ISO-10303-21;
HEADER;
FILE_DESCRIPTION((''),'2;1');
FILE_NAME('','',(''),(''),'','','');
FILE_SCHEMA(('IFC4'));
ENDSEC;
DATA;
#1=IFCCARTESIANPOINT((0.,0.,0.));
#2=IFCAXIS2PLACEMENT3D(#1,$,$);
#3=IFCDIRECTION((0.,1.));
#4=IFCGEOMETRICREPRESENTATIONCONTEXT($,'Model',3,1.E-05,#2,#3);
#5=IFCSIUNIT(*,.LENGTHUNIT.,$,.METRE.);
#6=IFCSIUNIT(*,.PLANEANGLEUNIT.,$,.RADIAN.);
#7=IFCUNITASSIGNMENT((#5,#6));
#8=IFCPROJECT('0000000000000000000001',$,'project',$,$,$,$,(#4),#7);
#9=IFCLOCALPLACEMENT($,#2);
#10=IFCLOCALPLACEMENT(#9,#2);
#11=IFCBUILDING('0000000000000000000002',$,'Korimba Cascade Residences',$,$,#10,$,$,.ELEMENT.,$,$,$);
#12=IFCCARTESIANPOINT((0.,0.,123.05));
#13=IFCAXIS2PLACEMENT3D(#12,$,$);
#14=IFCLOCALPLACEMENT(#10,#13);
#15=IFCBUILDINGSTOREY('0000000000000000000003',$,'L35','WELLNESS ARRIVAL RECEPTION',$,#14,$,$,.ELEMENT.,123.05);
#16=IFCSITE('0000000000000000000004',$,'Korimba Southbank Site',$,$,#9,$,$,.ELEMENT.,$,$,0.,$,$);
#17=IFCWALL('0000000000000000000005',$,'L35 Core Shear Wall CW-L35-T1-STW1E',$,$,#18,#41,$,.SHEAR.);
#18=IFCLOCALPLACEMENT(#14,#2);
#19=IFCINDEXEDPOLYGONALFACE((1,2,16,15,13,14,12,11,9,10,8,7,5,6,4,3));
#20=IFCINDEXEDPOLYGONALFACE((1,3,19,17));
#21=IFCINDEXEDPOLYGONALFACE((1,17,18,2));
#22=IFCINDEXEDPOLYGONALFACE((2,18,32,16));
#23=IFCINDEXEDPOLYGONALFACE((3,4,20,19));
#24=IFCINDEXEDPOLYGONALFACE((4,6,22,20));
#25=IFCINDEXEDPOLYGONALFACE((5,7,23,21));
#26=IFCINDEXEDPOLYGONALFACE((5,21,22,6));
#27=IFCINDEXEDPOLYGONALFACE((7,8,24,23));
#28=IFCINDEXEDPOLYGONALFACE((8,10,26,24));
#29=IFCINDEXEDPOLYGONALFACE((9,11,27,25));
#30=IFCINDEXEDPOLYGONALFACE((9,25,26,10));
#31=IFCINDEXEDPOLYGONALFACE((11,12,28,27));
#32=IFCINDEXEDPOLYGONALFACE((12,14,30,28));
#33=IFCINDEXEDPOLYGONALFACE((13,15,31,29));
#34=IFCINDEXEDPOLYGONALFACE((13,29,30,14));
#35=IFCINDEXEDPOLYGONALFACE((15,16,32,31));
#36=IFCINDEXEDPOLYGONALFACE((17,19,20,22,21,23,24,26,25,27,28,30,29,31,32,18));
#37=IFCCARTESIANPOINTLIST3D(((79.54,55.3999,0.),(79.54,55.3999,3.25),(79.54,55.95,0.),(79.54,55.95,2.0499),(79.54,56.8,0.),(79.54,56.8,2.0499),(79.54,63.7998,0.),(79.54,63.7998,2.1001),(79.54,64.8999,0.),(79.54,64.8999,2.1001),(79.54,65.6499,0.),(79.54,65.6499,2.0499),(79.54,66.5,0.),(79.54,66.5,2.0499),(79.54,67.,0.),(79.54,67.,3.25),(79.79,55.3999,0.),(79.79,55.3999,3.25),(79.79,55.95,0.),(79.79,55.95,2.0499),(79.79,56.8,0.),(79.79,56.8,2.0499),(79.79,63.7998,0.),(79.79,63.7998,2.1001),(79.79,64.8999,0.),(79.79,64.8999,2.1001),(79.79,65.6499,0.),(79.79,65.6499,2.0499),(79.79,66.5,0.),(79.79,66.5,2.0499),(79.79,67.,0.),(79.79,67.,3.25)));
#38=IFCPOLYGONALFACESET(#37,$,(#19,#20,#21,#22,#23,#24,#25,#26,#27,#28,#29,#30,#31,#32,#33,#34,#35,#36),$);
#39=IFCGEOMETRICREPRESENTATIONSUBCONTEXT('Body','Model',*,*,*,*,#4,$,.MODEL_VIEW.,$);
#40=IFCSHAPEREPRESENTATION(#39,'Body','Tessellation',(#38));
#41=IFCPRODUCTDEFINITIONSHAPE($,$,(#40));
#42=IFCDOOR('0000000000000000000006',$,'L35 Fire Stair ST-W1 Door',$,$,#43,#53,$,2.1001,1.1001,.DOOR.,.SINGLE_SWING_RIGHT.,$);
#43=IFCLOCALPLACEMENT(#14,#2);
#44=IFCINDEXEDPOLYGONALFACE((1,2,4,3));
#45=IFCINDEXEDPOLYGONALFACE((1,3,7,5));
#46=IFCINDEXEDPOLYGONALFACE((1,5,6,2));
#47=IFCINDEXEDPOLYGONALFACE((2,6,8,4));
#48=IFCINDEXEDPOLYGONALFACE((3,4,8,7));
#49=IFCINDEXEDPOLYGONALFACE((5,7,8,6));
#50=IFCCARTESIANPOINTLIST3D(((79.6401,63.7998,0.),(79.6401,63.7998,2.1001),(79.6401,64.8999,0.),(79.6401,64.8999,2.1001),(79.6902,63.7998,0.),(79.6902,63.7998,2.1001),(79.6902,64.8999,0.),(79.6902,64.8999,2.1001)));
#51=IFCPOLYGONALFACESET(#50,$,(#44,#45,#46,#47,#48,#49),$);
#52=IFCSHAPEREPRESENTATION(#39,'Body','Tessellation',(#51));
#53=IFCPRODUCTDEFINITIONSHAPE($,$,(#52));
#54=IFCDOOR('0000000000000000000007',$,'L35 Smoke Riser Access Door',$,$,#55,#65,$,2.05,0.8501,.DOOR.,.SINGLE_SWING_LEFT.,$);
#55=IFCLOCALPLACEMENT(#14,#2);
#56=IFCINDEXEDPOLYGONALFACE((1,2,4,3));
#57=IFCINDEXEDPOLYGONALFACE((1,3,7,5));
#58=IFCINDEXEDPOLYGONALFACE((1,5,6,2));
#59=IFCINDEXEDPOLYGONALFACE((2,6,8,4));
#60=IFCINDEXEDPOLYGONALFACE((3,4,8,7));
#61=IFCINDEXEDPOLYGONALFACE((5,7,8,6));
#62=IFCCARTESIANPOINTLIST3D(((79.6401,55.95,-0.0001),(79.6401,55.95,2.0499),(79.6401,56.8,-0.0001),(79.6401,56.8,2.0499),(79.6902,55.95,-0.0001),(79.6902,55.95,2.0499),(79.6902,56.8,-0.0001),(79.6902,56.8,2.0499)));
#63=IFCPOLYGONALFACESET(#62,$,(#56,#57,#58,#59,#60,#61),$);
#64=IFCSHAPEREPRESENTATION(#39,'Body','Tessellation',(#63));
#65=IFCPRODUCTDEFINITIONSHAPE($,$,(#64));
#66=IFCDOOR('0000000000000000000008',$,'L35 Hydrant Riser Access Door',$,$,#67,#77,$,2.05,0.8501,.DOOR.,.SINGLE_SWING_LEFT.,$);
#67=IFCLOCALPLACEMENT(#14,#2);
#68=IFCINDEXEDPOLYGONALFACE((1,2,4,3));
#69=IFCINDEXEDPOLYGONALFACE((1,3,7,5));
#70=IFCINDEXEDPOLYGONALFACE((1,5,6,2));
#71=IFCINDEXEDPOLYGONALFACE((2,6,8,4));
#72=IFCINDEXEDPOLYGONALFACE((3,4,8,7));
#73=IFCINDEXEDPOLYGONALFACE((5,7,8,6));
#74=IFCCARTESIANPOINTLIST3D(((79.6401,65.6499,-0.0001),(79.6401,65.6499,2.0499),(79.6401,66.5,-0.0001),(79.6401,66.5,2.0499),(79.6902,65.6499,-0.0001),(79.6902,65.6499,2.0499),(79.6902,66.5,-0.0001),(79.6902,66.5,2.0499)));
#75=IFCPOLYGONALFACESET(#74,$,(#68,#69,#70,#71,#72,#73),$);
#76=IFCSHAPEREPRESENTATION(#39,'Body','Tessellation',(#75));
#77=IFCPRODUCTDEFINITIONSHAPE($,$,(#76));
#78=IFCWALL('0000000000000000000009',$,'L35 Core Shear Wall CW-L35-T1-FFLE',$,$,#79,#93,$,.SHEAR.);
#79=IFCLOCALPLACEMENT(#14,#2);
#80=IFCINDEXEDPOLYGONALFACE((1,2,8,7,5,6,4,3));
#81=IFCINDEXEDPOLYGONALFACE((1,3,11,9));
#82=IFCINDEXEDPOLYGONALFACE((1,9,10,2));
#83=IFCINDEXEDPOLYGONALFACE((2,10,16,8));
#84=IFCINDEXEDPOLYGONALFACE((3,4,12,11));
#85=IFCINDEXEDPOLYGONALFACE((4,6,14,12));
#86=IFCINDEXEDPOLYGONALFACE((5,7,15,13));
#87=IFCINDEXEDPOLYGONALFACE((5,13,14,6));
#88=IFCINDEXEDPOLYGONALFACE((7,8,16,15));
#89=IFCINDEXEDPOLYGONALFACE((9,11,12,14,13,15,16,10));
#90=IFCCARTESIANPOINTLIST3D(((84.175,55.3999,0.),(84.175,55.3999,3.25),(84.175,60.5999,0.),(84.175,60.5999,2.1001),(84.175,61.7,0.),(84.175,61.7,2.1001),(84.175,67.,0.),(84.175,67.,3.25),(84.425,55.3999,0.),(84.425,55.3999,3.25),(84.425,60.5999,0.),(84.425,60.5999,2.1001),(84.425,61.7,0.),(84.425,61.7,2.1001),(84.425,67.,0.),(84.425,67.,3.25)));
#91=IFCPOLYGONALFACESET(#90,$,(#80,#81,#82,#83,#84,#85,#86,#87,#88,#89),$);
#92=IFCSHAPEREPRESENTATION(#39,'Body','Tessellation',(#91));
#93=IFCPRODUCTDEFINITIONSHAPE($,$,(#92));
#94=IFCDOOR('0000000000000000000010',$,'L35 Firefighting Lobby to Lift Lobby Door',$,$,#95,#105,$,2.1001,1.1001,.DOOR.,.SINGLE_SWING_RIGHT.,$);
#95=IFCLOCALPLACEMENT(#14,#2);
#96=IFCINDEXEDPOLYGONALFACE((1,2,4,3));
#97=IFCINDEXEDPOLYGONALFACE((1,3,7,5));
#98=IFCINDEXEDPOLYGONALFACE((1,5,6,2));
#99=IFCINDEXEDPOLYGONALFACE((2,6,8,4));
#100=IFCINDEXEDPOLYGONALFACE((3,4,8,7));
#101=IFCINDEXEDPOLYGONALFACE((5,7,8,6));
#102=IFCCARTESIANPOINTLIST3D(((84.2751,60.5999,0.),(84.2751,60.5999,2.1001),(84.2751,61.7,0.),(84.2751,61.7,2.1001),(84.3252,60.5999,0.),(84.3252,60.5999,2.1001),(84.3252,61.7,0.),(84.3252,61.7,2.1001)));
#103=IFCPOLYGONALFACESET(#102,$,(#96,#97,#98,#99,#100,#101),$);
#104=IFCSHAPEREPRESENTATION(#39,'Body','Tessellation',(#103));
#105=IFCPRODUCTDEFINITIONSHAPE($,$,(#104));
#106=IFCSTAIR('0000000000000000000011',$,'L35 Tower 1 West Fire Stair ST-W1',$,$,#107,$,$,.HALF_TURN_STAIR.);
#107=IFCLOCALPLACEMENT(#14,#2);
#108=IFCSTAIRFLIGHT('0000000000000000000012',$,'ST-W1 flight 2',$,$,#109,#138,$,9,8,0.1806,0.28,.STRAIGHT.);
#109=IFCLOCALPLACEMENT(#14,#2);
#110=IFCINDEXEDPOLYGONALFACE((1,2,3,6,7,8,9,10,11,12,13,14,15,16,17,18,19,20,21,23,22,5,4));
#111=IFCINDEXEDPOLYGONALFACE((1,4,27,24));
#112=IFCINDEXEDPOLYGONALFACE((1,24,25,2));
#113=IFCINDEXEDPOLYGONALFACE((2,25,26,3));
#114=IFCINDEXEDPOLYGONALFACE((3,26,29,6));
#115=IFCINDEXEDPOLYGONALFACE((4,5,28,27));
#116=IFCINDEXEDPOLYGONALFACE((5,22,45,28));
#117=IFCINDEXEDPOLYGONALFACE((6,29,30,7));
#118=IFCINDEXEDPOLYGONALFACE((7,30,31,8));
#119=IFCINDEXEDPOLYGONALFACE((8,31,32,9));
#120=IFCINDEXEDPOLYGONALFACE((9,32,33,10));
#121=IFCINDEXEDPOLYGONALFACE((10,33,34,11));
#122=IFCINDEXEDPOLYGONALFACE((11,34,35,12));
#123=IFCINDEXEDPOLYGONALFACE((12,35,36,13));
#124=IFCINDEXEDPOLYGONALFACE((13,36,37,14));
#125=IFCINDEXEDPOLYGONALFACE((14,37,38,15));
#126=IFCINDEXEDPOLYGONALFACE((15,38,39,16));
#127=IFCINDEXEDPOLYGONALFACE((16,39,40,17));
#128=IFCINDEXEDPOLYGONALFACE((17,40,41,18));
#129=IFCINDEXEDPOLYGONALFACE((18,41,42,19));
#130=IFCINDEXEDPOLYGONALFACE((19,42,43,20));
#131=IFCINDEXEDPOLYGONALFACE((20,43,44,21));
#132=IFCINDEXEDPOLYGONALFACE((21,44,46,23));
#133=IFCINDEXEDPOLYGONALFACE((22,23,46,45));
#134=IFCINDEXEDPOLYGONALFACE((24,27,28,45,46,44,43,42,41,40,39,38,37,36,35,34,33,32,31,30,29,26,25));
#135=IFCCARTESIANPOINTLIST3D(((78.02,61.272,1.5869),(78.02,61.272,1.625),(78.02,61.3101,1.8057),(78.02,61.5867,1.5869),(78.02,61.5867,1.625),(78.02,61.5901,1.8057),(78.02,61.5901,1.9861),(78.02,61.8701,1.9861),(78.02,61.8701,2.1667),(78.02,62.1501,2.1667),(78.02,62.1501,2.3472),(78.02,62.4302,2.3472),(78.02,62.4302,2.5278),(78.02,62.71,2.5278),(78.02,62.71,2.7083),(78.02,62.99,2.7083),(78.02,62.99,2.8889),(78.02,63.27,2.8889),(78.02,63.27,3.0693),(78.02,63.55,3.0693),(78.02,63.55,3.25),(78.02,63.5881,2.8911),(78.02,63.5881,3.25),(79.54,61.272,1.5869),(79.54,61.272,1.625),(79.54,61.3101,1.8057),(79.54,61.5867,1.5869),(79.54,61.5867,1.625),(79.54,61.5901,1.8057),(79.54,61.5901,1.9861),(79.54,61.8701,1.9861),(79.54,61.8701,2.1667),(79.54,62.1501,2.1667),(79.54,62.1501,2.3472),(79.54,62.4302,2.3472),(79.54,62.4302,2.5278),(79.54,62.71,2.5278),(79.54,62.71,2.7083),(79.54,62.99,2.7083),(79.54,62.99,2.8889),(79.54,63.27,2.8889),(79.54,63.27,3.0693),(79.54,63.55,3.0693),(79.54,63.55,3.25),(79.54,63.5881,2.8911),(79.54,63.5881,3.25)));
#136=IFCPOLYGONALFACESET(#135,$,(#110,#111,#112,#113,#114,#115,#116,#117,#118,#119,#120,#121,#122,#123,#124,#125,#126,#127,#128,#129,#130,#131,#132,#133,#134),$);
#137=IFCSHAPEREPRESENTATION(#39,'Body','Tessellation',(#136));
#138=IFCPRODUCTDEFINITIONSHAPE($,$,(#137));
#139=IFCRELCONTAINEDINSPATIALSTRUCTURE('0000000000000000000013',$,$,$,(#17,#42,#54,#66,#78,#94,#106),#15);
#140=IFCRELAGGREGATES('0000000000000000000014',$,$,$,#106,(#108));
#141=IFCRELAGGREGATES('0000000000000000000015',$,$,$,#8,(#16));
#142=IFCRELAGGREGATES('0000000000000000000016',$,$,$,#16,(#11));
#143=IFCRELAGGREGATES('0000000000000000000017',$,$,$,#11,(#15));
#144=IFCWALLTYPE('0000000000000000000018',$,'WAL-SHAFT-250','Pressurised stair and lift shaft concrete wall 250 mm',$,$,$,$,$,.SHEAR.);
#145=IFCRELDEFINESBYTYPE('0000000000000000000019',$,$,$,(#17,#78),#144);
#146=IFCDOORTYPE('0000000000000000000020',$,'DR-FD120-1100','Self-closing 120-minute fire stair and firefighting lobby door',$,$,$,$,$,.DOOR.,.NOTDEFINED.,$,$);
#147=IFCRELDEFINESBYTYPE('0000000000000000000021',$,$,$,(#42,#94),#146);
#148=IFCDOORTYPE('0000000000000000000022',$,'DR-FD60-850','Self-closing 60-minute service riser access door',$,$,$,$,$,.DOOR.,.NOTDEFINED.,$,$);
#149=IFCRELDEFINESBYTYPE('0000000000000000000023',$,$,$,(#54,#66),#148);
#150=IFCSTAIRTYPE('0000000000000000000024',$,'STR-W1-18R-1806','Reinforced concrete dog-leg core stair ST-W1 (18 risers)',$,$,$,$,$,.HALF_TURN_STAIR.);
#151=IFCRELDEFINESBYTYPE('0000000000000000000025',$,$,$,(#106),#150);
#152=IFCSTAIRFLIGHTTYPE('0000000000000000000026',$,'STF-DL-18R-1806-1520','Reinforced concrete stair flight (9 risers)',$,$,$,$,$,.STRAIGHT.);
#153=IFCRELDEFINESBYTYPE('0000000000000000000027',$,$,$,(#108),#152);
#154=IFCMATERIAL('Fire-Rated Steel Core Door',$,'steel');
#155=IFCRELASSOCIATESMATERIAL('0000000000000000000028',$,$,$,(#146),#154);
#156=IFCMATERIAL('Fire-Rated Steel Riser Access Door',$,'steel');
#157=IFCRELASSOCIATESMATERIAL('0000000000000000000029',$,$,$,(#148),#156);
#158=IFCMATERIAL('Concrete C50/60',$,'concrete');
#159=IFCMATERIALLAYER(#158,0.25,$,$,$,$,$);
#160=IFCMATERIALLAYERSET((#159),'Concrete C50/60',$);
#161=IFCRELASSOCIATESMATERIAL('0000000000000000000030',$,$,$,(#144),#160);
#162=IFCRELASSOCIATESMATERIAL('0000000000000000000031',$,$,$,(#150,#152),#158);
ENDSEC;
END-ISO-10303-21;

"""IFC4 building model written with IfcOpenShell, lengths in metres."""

from ifc_helpers import new_model, si_unit, direction, frame, frame_2d, origin, place, context, subcontext, project, spatial, polyline, rectangle, outline, extrude, material, layer, layer_set, type_object, element, fill, aggregate, save


model = new_model("IFC4")

# Units and contexts
model_context = context("Model", 3, precision=1e-05, world=origin(), true_north=direction((0.0, 1.0)))
body_context = subcontext(model_context, "Body", "Model", "MODEL_VIEW")
ifc_project = project(units=[si_unit("LENGTHUNIT", "METRE"), si_unit("PLANEANGLEUNIT", "RADIAN")], contexts=[model_context])

# Site, building, storey
site_placement = place(None, origin())
site = spatial("IfcSite", under=ifc_project, at=site_placement, Name="Korimba Southbank Site", CompositionType="ELEMENT", RefElevation=0.0)
building_placement = place(site_placement, origin())
building = spatial("IfcBuilding", under=site, at=building_placement, Name="Korimba Cascade Residences", CompositionType="ELEMENT")
storey_placement = place(building_placement, frame((0.0, 0.0, 123.05)))
storey = spatial("IfcBuildingStorey", under=building, at=storey_placement, Name="L35", Description="WELLNESS ARRIVAL RECEPTION", CompositionType="ELEMENT", Elevation=123.05)

# Shared definitions
ifc_material_1 = material(Name="Fire-Rated Steel Core Door", Category="steel")
door_type_1 = type_object("IfcDoorType", Name="DR-FD120-1100", Description="Self-closing 120-minute fire stair and firefighting lobby door", OperationType="NOTDEFINED", PredefinedType="DOOR", material=ifc_material_1)

# Wall, openings, doors
ifc_material_2 = material(Name="Fire-Rated Steel Riser Access Door", Category="steel")
door_type_2 = type_object("IfcDoorType", Name="DR-FD60-850", Description="Self-closing 60-minute service riser access door", OperationType="NOTDEFINED", PredefinedType="DOOR", material=ifc_material_2)
ifc_material_3 = material(Name="Concrete C50/60", Category="concrete")
ifc_layer_1 = layer(ifc_material_3, 0.25)
ifc_layer_set_1 = layer_set([ifc_layer_1], Name="Concrete C50/60")
wall_type_1 = type_object("IfcWallType", Name="WAL-SHAFT-250", Description="Pressurised stair and lift shaft concrete wall 250 mm", PredefinedType="SHEAR", material=ifc_layer_set_1)
wall_1_placement = place(storey_placement, frame((79.665, 55.3999, 0.0), z_axis=(0.0, 0.0, 1.0), x_axis=(0.0, 1.0, 0.0)))
wall_1 = element("IfcWall", 1, at=wall_1_placement, inside=storey, type_object=wall_type_1, Name="L35 Core Shear Wall CW-L35-T1-STW1E", PredefinedType="SHEAR", context=body_context, shape_type="SweptSolid", body=[
    extrude(rectangle(XDim=11.6001, YDim=0.25, at=frame_2d((5.8, 0.0))), origin(), (0.0, 0.0, 1.0), 3.25),
])
opening_1_placement = place(wall_1_placement, frame((0.55, 0.0, 0.0)))
opening_1 = element("IfcOpeningElement", 2, at=opening_1_placement, cuts=wall_1, PredefinedType="OPENING", context=body_context, shape_type="SweptSolid", body=[
    extrude(rectangle(XDim=0.8501, YDim=2.05, at=frame_2d((0.425, 1.0249))), frame((0.0, 0.135, 0.0), z_axis=(0.0, -1.0, 0.0), x_axis=(1.0, 0.0, 0.0)), (0.0, 0.0, 1.0), 0.27),
])
opening_2_placement = place(wall_1_placement, frame((8.3999, 0.0, 0.0)))
opening_2 = element("IfcOpeningElement", 3, at=opening_2_placement, cuts=wall_1, PredefinedType="OPENING", context=body_context, shape_type="SweptSolid", body=[
    extrude(rectangle(XDim=1.1001, YDim=2.1001, at=frame_2d((0.55, 1.05))), frame((0.0, 0.135, 0.0), z_axis=(0.0, -1.0, 0.0), x_axis=(1.0, 0.0, 0.0)), (0.0, 0.0, 1.0), 0.27),
])
opening_3_placement = place(wall_1_placement, frame((10.25, 0.0, 0.0)))
opening_3 = element("IfcOpeningElement", 4, at=opening_3_placement, cuts=wall_1, PredefinedType="OPENING", context=body_context, shape_type="SweptSolid", body=[
    extrude(rectangle(XDim=0.8501, YDim=2.05, at=frame_2d((0.425, 1.0249))), frame((0.0, 0.135, 0.0), z_axis=(0.0, -1.0, 0.0), x_axis=(1.0, 0.0, 0.0)), (0.0, 0.0, 1.0), 0.27),
])
door_1_placement = place(opening_2_placement, origin())
door_1 = element("IfcDoor", 5, at=door_1_placement, inside=storey, type_object=door_type_1, Name="L35 Fire Stair ST-W1 Door", OperationType="SINGLE_SWING_RIGHT", OverallHeight=2.1001, OverallWidth=1.1001, PredefinedType="DOOR", context=body_context, shape_type="SweptSolid", body=[
    extrude(rectangle(XDim=1.1001, YDim=2.1001, at=frame_2d((0.55, 1.05))), frame((0.0, 0.0249, 0.0), z_axis=(0.0, -1.0, 0.0), x_axis=(1.0, 0.0, 0.0)), (0.0, 0.0, 1.0), 0.05),
])
fill(opening_2, door_1)
door_2_placement = place(opening_1_placement, origin())
door_2 = element("IfcDoor", 6, at=door_2_placement, inside=storey, type_object=door_type_2, Name="L35 Smoke Riser Access Door", OperationType="SINGLE_SWING_LEFT", OverallHeight=2.05, OverallWidth=0.8501, PredefinedType="DOOR", context=body_context, shape_type="SweptSolid", body=[
    extrude(rectangle(XDim=0.8501, YDim=2.05, at=frame_2d((0.425, 1.0249))), frame((0.0, 0.0249, 0.0), z_axis=(0.0, -1.0, 0.0), x_axis=(1.0, 0.0, 0.0)), (0.0, 0.0, 1.0), 0.05),
])
fill(opening_1, door_2)
door_3_placement = place(opening_3_placement, origin())
door_3 = element("IfcDoor", 7, at=door_3_placement, inside=storey, type_object=door_type_2, Name="L35 Hydrant Riser Access Door", OperationType="SINGLE_SWING_LEFT", OverallHeight=2.05, OverallWidth=0.8501, PredefinedType="DOOR", context=body_context, shape_type="SweptSolid", body=[
    extrude(rectangle(XDim=0.8501, YDim=2.05, at=frame_2d((0.425, 1.0249))), frame((0.0, 0.0249, 0.0), z_axis=(0.0, -1.0, 0.0), x_axis=(1.0, 0.0, 0.0)), (0.0, 0.0, 1.0), 0.05),
])
fill(opening_3, door_3)

# Wall, opening, door
wall_2_placement = place(storey_placement, frame((84.3, 55.3999, 0.0), z_axis=(0.0, 0.0, 1.0), x_axis=(0.0, 1.0, 0.0)))
wall_2 = element("IfcWall", 8, at=wall_2_placement, inside=storey, type_object=wall_type_1, Name="L35 Core Shear Wall CW-L35-T1-FFLE", PredefinedType="SHEAR", context=body_context, shape_type="SweptSolid", body=[
    extrude(rectangle(XDim=11.6001, YDim=0.25, at=frame_2d((5.8, 0.0))), origin(), (0.0, 0.0, 1.0), 3.25),
])
opening_4_placement = place(wall_2_placement, frame((5.2, 0.0, 0.0)))
opening_4 = element("IfcOpeningElement", 9, at=opening_4_placement, cuts=wall_2, PredefinedType="OPENING", context=body_context, shape_type="SweptSolid", body=[
    extrude(rectangle(XDim=1.1001, YDim=2.1001, at=frame_2d((0.55, 1.05))), frame((0.0, 0.135, 0.0), z_axis=(0.0, -1.0, 0.0), x_axis=(1.0, 0.0, 0.0)), (0.0, 0.0, 1.0), 0.27),
])
door_4_placement = place(opening_4_placement, origin())
door_4 = element("IfcDoor", 10, at=door_4_placement, inside=storey, type_object=door_type_1, Name="L35 Firefighting Lobby to Lift Lobby Door", OperationType="SINGLE_SWING_RIGHT", OverallHeight=2.1001, OverallWidth=1.1001, PredefinedType="DOOR", context=body_context, shape_type="SweptSolid", body=[
    extrude(rectangle(XDim=1.1001, YDim=2.1001, at=frame_2d((0.55, 1.05))), frame((0.0, 0.0249, 0.0), z_axis=(0.0, -1.0, 0.0), x_axis=(1.0, 0.0, 0.0)), (0.0, 0.0, 1.0), 0.05),
])
fill(opening_4, door_4)

# Stair, stair flight
stair_type = type_object("IfcStairType", Name="STR-W1-18R-1806", Description="Reinforced concrete dog-leg core stair ST-W1 (18 risers)", PredefinedType="HALF_TURN_STAIR", material=ifc_material_3)
stair_placement = place(storey_placement, origin())
stair = element("IfcStair", 11, at=stair_placement, inside=storey, type_object=stair_type, Name="L35 Tower 1 West Fire Stair ST-W1", PredefinedType="HALF_TURN_STAIR")
stair_flight_type = type_object("IfcStairFlightType", Name="STF-DL-18R-1806-1520", Description="Reinforced concrete stair flight (9 risers)", PredefinedType="STRAIGHT", material=ifc_material_3)
stair_flight_placement = place(storey_placement, frame((78.78, 61.3101, 1.625), z_axis=(0.0, 0.0, 1.0), x_axis=(0.0, 1.0, 0.0)))
stair_flight = element("IfcStairFlight", 12, at=stair_flight_placement, type_object=stair_flight_type, Name="ST-W1 flight 2", NumberOfRisers=9, NumberOfTreads=8, PredefinedType="STRAIGHT", RiserHeight=0.1806, TreadLength=0.28, context=body_context, shape_type="SweptSolid", body=[
    extrude(outline(polyline([(-0.0381, 0.0), (0.0, 0.1807), (0.28, 0.1807), (0.28, 0.3611), (0.5601, 0.3611), (0.5601, 0.5417), (0.8401, 0.5417), (0.8401, 0.7222), (1.1201, 0.7222), (1.1201, 0.9028), (1.3999, 0.9028), (1.3999, 1.0833), (1.6799, 1.0833), (1.6799, 1.2639), (1.96, 1.2639), (1.96, 1.4443), (2.24, 1.4443), (2.24, 1.625), (2.2781, 1.625), (2.2781, 1.2661), (0.2766, 0.0), (0.2766, -0.0381), (-0.0381, -0.0381), (-0.0381, 0.0)])), frame((0.0, 0.76, 0.0), z_axis=(0.0, -1.0, 0.0), x_axis=(1.0, 0.0, 0.0)), (0.0, 0.0, 1.0), 1.52),
])
aggregate(stair, [stair_flight])

save(model, "model.ifc")
